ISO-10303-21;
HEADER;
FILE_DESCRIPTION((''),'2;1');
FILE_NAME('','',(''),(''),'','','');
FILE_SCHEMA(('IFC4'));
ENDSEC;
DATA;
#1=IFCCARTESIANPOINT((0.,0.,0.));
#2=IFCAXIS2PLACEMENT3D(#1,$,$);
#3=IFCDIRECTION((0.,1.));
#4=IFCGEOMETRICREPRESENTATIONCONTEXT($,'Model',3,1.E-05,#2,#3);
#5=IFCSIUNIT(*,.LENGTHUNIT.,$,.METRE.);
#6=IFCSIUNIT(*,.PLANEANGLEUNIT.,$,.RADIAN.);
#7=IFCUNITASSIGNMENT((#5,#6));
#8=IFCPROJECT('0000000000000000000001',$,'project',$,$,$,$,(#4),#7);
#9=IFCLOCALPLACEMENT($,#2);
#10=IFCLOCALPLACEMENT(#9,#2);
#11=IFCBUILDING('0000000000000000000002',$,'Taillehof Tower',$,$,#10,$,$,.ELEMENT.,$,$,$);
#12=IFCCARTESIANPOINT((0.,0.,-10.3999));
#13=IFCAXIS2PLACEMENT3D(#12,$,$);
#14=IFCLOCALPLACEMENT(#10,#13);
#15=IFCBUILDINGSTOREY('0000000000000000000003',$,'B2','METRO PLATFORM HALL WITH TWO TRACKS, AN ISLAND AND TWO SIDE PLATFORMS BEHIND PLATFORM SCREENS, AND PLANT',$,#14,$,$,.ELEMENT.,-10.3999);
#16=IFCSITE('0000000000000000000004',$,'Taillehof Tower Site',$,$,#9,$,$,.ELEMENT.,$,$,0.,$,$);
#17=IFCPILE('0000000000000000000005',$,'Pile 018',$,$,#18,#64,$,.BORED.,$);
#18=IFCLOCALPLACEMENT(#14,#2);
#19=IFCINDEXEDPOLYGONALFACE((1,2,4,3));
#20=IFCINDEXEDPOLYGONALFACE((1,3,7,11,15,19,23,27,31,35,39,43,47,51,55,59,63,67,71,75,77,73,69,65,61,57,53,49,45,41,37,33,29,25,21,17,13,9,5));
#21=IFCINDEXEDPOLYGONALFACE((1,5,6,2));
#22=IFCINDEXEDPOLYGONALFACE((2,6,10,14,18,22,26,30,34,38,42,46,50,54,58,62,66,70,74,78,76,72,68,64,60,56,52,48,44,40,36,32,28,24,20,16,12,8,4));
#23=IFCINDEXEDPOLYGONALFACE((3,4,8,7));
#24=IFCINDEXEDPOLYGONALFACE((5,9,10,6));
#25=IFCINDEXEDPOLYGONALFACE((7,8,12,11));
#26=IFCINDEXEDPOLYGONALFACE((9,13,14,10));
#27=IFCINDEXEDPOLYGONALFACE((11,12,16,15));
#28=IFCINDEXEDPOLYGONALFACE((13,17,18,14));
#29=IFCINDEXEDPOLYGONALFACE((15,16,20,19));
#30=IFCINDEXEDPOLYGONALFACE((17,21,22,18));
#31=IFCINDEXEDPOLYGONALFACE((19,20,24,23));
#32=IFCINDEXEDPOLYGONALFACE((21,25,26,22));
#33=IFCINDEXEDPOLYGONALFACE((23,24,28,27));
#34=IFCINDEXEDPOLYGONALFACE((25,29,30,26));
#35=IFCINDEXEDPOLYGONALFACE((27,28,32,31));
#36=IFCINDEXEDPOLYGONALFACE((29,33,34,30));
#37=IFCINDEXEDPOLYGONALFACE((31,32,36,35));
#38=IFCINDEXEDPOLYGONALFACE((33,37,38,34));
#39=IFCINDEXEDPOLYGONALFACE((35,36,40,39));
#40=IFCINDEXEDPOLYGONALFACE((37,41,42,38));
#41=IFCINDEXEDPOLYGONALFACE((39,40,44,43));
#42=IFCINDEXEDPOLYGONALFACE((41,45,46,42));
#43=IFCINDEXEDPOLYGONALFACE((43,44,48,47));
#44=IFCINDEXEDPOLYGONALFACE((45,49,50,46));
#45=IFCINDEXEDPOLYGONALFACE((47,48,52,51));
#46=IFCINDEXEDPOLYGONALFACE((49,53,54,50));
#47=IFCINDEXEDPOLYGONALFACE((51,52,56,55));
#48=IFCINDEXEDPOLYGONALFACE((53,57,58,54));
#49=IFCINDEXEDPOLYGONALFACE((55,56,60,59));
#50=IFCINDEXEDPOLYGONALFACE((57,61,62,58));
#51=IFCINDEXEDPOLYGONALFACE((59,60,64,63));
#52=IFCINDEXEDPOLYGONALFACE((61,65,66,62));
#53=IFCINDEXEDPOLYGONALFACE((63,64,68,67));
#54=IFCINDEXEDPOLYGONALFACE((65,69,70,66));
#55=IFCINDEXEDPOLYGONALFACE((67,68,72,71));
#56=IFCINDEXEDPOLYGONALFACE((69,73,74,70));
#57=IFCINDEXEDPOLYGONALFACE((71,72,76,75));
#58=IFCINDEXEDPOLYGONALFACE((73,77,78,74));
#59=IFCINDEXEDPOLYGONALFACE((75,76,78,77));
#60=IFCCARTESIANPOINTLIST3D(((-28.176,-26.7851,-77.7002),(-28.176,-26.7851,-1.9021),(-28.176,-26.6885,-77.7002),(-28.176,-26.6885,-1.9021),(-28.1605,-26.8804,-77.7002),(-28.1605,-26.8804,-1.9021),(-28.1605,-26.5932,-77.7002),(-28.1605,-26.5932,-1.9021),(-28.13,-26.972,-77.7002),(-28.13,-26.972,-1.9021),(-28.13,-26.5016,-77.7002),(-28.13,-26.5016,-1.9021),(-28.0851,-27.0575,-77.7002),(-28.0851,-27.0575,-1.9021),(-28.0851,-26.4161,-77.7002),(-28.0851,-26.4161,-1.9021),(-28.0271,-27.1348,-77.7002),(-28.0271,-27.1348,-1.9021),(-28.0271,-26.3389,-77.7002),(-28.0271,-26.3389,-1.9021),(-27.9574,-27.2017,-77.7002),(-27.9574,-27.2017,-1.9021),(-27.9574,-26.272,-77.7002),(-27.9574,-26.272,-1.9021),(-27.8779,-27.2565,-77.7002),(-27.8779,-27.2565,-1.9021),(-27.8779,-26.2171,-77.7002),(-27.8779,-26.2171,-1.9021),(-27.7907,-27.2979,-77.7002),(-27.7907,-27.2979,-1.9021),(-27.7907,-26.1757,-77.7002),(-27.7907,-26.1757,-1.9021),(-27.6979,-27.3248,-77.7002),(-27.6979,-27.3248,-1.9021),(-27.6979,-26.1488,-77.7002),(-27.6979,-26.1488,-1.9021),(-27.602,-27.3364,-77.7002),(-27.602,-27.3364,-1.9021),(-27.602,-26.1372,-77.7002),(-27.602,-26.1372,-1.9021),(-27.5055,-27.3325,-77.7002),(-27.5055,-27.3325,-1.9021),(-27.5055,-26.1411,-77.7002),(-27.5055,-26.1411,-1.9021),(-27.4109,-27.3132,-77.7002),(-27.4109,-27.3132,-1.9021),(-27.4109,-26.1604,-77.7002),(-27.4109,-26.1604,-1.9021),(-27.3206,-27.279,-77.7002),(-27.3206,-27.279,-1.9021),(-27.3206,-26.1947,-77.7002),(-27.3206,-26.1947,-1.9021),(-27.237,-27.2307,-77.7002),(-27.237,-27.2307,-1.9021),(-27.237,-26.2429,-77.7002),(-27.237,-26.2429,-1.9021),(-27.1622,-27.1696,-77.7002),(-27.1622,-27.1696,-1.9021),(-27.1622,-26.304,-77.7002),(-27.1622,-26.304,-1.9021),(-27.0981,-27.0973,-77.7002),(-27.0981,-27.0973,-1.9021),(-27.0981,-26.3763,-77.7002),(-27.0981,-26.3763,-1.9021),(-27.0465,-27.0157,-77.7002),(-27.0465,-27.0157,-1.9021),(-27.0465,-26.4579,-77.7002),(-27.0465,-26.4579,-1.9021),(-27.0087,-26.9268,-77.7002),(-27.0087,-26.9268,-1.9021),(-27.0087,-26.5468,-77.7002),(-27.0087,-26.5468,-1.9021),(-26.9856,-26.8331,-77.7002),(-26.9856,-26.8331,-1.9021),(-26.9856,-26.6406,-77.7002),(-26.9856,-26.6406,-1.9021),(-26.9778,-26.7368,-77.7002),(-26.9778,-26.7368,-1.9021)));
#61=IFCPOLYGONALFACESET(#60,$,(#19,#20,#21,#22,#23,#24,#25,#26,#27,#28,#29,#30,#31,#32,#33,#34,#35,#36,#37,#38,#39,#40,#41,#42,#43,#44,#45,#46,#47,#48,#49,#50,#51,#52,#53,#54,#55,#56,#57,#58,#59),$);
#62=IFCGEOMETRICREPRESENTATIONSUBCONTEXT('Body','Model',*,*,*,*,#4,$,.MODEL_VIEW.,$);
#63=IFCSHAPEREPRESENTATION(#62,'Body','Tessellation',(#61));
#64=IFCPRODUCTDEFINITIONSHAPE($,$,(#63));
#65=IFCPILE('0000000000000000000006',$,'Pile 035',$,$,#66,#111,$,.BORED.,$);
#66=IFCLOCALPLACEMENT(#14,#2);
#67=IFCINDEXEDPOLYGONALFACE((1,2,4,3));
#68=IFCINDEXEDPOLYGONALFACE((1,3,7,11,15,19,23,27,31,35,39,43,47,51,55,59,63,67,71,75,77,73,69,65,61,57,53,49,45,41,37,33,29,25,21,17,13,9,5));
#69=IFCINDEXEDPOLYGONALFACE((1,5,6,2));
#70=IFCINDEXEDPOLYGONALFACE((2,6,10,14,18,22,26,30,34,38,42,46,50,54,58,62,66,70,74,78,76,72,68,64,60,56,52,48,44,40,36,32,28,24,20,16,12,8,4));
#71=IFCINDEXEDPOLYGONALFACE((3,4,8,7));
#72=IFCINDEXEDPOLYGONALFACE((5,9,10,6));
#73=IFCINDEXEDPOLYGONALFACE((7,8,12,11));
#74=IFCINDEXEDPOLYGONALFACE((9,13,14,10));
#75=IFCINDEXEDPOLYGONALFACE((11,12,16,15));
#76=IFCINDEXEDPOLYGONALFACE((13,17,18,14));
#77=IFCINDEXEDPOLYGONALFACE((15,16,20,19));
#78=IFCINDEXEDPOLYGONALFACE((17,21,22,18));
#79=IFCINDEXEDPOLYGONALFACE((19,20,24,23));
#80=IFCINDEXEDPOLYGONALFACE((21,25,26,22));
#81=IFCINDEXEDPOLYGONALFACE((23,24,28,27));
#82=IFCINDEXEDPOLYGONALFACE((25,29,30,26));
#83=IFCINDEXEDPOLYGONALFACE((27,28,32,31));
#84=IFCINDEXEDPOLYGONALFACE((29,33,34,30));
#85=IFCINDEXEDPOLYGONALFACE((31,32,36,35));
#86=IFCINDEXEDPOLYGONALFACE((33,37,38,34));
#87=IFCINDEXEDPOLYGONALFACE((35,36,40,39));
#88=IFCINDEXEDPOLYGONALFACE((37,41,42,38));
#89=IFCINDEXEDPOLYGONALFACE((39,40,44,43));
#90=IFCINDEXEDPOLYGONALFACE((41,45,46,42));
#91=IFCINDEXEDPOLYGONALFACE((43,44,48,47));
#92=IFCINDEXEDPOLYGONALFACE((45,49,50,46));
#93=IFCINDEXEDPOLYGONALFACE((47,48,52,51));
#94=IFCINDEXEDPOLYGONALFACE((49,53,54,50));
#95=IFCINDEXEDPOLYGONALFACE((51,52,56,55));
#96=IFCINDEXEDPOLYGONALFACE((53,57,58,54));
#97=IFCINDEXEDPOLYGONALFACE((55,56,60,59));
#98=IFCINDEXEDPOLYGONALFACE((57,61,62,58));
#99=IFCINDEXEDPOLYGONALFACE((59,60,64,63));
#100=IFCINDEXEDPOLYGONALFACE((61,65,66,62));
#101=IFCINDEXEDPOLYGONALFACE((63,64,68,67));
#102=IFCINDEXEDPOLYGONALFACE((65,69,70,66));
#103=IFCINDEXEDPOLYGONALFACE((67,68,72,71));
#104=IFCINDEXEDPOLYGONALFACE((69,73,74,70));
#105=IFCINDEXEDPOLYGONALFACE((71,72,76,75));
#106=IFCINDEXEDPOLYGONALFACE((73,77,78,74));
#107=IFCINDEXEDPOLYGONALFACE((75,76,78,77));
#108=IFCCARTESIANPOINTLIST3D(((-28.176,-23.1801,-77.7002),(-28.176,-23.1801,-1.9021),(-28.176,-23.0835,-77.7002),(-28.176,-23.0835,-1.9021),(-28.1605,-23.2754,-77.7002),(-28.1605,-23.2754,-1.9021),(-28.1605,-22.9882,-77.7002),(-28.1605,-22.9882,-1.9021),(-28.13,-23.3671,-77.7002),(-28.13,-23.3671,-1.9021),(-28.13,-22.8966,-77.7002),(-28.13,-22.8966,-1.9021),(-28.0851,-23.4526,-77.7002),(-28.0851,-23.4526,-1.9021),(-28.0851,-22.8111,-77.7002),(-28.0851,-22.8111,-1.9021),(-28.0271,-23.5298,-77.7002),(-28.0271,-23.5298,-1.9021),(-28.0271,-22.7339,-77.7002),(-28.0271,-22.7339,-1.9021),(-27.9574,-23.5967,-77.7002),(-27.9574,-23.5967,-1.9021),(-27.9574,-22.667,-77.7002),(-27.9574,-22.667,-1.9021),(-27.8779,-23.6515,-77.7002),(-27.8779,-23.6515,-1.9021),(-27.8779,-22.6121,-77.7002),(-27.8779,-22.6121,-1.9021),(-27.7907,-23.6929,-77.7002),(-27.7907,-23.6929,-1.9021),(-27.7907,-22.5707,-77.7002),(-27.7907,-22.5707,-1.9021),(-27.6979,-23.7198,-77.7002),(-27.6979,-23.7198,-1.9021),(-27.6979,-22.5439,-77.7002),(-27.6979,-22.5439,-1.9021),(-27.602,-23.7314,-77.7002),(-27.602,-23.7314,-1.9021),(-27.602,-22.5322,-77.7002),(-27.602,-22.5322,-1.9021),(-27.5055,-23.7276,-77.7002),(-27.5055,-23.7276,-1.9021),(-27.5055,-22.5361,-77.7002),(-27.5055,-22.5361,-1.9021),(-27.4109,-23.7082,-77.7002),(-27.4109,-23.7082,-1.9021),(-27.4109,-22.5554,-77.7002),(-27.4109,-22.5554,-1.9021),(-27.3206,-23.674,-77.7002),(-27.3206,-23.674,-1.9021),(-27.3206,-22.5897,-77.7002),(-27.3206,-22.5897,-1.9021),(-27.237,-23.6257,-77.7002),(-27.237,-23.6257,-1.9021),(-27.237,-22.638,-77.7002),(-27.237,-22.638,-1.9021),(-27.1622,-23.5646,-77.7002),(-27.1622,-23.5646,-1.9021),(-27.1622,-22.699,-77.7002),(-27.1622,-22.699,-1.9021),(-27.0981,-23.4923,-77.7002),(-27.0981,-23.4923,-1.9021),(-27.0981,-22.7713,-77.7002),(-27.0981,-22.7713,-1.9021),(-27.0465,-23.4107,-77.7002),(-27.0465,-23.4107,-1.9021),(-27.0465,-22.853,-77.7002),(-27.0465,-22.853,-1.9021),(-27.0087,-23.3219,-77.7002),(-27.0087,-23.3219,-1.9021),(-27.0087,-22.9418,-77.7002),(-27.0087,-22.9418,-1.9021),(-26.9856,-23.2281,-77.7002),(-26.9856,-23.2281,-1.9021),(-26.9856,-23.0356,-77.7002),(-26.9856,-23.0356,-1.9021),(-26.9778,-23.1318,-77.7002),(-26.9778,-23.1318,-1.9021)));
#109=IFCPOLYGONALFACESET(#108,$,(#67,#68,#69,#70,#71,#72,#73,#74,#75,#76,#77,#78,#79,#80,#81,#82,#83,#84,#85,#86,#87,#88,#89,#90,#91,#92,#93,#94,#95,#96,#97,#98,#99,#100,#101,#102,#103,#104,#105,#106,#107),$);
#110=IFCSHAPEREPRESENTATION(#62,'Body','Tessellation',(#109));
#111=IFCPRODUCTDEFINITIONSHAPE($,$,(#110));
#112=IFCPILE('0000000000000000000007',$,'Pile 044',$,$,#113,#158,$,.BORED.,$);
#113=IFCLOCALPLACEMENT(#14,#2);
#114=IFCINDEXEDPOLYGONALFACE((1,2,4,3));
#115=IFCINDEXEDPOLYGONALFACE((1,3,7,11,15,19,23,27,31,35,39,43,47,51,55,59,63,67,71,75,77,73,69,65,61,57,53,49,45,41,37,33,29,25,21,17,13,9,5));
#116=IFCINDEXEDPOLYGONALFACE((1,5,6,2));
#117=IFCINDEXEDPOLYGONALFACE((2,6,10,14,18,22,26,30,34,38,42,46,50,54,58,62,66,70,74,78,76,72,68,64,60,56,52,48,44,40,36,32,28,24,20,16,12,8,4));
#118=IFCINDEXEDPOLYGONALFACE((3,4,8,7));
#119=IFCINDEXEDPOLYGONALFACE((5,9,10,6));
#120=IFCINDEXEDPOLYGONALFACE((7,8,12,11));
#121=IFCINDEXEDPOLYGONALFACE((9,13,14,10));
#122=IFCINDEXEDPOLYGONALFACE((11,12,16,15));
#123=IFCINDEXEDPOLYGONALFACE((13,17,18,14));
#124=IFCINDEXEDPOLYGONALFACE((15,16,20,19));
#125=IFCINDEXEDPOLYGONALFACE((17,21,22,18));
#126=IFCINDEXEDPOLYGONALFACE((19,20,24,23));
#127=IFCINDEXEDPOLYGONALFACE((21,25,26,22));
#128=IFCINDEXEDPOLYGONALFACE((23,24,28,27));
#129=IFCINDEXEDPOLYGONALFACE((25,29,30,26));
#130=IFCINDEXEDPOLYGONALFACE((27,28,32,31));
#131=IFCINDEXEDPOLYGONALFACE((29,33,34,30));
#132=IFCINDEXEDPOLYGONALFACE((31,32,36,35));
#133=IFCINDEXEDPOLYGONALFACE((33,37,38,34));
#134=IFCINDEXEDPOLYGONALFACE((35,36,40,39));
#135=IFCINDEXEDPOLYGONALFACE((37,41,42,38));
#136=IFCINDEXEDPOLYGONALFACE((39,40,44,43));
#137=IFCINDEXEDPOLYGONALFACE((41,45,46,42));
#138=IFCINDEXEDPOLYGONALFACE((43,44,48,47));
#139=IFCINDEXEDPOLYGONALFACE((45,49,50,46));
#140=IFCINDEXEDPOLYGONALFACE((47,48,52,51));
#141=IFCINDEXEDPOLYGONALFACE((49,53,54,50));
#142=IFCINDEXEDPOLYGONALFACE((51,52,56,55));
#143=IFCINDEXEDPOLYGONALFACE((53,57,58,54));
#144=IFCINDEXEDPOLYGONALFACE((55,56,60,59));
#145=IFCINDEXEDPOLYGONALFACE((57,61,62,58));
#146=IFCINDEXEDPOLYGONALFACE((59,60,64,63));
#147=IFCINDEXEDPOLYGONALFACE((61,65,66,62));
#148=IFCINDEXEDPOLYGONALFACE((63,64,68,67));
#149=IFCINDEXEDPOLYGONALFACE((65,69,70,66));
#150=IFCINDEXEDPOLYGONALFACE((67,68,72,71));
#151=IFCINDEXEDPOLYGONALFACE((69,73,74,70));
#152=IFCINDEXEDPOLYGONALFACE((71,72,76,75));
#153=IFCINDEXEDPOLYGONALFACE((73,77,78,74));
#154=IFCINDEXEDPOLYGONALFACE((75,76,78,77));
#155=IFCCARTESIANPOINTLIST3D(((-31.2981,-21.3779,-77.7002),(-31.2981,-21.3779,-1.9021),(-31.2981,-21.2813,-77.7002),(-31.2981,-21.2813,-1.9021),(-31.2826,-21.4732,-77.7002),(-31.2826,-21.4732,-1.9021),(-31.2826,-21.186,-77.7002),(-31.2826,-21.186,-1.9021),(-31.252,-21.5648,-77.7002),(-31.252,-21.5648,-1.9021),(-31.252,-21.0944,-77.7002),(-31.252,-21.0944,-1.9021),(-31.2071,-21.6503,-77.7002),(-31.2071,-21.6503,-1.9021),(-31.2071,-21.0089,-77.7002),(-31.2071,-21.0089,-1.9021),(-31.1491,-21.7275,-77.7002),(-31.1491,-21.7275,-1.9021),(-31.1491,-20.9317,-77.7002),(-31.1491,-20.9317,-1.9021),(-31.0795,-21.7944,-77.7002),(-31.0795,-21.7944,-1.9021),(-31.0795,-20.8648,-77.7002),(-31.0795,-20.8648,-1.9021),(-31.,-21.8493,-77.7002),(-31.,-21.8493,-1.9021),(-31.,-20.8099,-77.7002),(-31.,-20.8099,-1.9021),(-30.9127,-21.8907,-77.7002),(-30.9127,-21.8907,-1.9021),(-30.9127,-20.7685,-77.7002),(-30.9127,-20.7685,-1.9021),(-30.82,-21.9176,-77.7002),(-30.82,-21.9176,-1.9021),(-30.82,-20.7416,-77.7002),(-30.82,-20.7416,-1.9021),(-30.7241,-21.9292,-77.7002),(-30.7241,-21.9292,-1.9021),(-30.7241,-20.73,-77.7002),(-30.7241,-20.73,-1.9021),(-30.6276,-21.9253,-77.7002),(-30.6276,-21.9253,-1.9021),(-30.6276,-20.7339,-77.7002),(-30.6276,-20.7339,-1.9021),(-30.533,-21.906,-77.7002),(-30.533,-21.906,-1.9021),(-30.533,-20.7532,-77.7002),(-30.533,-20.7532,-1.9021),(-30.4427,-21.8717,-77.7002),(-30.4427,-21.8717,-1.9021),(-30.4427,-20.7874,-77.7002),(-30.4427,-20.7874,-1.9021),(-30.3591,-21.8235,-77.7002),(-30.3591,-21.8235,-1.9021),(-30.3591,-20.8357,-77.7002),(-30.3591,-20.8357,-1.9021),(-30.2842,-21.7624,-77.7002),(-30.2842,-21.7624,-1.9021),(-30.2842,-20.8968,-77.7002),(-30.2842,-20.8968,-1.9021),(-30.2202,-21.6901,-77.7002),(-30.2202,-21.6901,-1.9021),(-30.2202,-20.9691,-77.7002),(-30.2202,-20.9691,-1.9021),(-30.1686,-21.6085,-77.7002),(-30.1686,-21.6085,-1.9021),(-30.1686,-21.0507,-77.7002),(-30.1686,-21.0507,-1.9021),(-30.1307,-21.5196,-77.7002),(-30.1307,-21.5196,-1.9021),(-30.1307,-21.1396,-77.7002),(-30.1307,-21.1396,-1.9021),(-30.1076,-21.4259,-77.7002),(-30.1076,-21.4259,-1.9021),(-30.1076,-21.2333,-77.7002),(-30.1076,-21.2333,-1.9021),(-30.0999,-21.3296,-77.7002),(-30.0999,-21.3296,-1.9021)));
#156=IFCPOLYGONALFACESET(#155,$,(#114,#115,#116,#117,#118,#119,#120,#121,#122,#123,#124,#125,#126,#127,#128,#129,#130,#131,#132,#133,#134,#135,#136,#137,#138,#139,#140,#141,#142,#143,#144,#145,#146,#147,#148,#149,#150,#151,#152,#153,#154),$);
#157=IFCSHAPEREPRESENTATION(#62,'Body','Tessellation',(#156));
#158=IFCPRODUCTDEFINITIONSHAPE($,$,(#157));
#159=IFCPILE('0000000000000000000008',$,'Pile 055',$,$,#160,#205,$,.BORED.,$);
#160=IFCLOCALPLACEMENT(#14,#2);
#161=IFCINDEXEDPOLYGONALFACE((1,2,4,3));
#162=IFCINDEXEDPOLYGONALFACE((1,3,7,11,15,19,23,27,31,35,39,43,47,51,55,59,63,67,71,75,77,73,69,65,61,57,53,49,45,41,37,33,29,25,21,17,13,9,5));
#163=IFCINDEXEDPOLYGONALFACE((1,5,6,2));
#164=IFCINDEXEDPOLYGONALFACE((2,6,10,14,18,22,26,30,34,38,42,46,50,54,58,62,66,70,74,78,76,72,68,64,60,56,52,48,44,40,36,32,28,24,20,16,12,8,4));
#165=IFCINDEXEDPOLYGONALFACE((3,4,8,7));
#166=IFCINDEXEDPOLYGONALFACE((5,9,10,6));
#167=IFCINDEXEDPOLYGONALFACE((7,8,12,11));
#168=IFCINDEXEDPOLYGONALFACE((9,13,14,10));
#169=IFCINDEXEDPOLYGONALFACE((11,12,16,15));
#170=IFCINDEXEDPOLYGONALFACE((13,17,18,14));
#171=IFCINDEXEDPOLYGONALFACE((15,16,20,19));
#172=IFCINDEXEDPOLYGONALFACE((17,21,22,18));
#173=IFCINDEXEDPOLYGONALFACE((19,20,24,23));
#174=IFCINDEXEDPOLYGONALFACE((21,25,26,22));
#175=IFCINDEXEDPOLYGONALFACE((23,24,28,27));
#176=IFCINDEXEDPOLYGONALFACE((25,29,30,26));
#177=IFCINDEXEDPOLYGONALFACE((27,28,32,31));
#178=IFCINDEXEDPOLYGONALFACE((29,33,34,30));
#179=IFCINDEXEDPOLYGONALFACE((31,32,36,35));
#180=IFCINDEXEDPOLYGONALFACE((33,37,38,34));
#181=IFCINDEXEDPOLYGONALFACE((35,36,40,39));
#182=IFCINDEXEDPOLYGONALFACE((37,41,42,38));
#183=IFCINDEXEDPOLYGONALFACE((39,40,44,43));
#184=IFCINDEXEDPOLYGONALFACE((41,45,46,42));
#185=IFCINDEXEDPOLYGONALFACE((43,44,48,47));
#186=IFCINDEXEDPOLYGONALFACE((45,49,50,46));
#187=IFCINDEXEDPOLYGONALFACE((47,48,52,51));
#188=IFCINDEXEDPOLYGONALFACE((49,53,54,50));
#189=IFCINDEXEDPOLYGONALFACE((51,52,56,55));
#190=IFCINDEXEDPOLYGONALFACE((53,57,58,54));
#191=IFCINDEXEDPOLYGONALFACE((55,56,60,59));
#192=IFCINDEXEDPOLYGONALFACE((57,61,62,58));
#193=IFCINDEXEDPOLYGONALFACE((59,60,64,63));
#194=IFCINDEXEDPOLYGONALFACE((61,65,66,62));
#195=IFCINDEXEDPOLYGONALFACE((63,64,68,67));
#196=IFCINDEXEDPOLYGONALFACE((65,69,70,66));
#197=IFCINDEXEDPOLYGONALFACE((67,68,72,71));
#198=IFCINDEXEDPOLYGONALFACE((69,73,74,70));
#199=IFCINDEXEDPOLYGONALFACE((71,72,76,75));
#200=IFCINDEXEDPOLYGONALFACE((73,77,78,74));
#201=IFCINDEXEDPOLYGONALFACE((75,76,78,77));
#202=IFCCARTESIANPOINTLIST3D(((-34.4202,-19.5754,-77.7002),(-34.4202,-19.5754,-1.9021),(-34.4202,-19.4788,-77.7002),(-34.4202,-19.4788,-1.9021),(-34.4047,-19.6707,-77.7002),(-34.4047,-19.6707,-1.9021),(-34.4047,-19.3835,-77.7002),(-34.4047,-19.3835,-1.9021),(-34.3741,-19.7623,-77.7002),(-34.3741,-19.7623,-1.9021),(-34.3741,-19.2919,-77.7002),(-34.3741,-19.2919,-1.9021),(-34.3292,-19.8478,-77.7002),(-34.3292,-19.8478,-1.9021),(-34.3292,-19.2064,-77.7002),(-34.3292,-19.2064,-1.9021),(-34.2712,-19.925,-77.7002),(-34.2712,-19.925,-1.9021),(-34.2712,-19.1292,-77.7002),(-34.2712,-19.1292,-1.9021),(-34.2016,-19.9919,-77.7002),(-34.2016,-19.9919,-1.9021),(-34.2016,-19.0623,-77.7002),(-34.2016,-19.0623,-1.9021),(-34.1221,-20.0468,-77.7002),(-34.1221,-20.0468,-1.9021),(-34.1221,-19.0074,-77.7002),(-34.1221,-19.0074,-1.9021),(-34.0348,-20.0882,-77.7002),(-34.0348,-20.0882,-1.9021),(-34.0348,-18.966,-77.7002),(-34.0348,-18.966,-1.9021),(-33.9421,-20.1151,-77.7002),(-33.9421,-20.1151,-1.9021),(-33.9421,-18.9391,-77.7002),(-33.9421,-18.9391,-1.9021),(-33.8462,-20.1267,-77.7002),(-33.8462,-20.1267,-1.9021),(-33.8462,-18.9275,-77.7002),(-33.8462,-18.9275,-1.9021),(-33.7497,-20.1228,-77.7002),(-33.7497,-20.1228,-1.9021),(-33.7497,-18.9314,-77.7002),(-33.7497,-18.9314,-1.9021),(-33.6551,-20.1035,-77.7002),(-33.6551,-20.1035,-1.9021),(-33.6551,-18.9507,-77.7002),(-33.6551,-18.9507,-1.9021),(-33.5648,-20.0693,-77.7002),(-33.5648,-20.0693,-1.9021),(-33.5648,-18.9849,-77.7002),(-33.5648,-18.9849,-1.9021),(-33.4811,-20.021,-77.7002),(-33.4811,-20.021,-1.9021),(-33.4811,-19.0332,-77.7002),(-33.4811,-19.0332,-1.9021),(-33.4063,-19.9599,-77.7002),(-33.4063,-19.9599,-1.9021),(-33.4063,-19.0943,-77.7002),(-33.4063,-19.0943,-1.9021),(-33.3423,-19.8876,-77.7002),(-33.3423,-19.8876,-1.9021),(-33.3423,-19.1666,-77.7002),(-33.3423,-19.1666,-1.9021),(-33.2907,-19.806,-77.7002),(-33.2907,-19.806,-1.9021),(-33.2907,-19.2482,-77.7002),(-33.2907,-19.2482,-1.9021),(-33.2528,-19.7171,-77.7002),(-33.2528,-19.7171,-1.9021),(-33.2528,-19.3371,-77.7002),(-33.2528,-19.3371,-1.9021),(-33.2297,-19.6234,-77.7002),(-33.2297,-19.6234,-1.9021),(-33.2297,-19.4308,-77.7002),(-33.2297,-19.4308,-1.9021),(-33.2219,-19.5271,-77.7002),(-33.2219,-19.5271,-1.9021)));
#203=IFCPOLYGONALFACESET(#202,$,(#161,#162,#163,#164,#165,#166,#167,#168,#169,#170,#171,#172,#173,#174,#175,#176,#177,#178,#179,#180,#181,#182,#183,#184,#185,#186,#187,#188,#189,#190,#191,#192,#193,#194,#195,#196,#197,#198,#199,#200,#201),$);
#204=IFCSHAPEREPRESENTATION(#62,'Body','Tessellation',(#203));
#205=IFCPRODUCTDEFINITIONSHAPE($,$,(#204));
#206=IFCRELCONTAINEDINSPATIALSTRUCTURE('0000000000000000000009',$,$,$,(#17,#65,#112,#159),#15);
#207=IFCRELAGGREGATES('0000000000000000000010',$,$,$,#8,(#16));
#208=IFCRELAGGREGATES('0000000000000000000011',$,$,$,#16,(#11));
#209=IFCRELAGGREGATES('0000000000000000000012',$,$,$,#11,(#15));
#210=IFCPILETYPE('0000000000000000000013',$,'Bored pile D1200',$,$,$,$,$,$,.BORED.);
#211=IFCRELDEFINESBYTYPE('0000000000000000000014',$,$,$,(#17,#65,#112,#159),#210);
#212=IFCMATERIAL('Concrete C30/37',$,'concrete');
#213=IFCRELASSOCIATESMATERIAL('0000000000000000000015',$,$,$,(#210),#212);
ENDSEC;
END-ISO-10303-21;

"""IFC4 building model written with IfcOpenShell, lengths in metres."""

from ifc_helpers import new_model, si_unit, direction, frame, origin, origin_2d, place, context, subcontext, project, spatial, circle, extrude, material, material_profile, profile_set, type_object, element, save


model = new_model("IFC4")

# Units and contexts
model_context = context("Model", 3, precision=1e-05, world=origin(), true_north=direction((0.0, 1.0)))
body_context = subcontext(model_context, "Body", "Model", "MODEL_VIEW")
ifc_project = project(units=[si_unit("LENGTHUNIT", "METRE"), si_unit("PLANEANGLEUNIT", "RADIAN")], contexts=[model_context])

# Site, building, storey
site_placement = place(None, origin())
site = spatial("IfcSite", under=ifc_project, at=site_placement, Name="Taillehof Tower Site", CompositionType="ELEMENT", RefElevation=0.0)
building_placement = place(site_placement, origin())
building = spatial("IfcBuilding", under=site, at=building_placement, Name="Taillehof Tower", CompositionType="ELEMENT")
storey_placement = place(building_placement, frame((0.0, 0.0, -10.3999)))
storey = spatial("IfcBuildingStorey", under=building, at=storey_placement, Name="B2", Description="METRO PLATFORM HALL WITH TWO TRACKS, AN ISLAND AND TWO SIDE PLATFORMS BEHIND PLATFORM SCREENS, AND PLANT", CompositionType="ELEMENT", Elevation=-10.3999)

# Piles
ifc_material_1 = material(Name="Concrete C30/37", Category="concrete")
ifc_material_profile_1 = material_profile(ifc_material_1, circle(Radius=0.6001, at=origin_2d()), Name="BP D1200")
ifc_profile_set_1 = profile_set([ifc_material_profile_1], Name="Concrete C30/37")
pile_type = type_object("IfcPileType", Name="Bored pile D1200", PredefinedType="BORED", material=ifc_profile_set_1)
for number, where, z_axis, x_axis, name in (
    (1, (-27.5779, -26.7368, -1.9021), (0.0, 0.0, -1.0), (1.0, 0.0, 0.0), "Pile 018"),
    (2, (-27.5779, -23.1318, -1.9021), (0.0, 0.0, -1.0), (1.0, 0.0, 0.0), "Pile 035"),
    (3, (-30.7, -21.3296, -1.9021), (0.0, 0.0, -1.0), (1.0, 0.0, 0.0), "Pile 044"),
    (4, (-33.822, -19.5271, -1.9021), (0.0, 0.0, -1.0), (1.0, 0.0, 0.0), "Pile 055"),
):
    element("IfcPile", number, at=place(storey_placement, frame(where, z_axis=z_axis, x_axis=x_axis)), inside=storey, type_object=pile_type, Name=name, PredefinedType="BORED", context=body_context, shape_type="SweptSolid", body=[
        extrude(circle(Radius=0.6001, at=origin_2d()), origin(), (0.0, 0.0, 1.0), 75.7981),
    ])

save(model, "model.ifc")
